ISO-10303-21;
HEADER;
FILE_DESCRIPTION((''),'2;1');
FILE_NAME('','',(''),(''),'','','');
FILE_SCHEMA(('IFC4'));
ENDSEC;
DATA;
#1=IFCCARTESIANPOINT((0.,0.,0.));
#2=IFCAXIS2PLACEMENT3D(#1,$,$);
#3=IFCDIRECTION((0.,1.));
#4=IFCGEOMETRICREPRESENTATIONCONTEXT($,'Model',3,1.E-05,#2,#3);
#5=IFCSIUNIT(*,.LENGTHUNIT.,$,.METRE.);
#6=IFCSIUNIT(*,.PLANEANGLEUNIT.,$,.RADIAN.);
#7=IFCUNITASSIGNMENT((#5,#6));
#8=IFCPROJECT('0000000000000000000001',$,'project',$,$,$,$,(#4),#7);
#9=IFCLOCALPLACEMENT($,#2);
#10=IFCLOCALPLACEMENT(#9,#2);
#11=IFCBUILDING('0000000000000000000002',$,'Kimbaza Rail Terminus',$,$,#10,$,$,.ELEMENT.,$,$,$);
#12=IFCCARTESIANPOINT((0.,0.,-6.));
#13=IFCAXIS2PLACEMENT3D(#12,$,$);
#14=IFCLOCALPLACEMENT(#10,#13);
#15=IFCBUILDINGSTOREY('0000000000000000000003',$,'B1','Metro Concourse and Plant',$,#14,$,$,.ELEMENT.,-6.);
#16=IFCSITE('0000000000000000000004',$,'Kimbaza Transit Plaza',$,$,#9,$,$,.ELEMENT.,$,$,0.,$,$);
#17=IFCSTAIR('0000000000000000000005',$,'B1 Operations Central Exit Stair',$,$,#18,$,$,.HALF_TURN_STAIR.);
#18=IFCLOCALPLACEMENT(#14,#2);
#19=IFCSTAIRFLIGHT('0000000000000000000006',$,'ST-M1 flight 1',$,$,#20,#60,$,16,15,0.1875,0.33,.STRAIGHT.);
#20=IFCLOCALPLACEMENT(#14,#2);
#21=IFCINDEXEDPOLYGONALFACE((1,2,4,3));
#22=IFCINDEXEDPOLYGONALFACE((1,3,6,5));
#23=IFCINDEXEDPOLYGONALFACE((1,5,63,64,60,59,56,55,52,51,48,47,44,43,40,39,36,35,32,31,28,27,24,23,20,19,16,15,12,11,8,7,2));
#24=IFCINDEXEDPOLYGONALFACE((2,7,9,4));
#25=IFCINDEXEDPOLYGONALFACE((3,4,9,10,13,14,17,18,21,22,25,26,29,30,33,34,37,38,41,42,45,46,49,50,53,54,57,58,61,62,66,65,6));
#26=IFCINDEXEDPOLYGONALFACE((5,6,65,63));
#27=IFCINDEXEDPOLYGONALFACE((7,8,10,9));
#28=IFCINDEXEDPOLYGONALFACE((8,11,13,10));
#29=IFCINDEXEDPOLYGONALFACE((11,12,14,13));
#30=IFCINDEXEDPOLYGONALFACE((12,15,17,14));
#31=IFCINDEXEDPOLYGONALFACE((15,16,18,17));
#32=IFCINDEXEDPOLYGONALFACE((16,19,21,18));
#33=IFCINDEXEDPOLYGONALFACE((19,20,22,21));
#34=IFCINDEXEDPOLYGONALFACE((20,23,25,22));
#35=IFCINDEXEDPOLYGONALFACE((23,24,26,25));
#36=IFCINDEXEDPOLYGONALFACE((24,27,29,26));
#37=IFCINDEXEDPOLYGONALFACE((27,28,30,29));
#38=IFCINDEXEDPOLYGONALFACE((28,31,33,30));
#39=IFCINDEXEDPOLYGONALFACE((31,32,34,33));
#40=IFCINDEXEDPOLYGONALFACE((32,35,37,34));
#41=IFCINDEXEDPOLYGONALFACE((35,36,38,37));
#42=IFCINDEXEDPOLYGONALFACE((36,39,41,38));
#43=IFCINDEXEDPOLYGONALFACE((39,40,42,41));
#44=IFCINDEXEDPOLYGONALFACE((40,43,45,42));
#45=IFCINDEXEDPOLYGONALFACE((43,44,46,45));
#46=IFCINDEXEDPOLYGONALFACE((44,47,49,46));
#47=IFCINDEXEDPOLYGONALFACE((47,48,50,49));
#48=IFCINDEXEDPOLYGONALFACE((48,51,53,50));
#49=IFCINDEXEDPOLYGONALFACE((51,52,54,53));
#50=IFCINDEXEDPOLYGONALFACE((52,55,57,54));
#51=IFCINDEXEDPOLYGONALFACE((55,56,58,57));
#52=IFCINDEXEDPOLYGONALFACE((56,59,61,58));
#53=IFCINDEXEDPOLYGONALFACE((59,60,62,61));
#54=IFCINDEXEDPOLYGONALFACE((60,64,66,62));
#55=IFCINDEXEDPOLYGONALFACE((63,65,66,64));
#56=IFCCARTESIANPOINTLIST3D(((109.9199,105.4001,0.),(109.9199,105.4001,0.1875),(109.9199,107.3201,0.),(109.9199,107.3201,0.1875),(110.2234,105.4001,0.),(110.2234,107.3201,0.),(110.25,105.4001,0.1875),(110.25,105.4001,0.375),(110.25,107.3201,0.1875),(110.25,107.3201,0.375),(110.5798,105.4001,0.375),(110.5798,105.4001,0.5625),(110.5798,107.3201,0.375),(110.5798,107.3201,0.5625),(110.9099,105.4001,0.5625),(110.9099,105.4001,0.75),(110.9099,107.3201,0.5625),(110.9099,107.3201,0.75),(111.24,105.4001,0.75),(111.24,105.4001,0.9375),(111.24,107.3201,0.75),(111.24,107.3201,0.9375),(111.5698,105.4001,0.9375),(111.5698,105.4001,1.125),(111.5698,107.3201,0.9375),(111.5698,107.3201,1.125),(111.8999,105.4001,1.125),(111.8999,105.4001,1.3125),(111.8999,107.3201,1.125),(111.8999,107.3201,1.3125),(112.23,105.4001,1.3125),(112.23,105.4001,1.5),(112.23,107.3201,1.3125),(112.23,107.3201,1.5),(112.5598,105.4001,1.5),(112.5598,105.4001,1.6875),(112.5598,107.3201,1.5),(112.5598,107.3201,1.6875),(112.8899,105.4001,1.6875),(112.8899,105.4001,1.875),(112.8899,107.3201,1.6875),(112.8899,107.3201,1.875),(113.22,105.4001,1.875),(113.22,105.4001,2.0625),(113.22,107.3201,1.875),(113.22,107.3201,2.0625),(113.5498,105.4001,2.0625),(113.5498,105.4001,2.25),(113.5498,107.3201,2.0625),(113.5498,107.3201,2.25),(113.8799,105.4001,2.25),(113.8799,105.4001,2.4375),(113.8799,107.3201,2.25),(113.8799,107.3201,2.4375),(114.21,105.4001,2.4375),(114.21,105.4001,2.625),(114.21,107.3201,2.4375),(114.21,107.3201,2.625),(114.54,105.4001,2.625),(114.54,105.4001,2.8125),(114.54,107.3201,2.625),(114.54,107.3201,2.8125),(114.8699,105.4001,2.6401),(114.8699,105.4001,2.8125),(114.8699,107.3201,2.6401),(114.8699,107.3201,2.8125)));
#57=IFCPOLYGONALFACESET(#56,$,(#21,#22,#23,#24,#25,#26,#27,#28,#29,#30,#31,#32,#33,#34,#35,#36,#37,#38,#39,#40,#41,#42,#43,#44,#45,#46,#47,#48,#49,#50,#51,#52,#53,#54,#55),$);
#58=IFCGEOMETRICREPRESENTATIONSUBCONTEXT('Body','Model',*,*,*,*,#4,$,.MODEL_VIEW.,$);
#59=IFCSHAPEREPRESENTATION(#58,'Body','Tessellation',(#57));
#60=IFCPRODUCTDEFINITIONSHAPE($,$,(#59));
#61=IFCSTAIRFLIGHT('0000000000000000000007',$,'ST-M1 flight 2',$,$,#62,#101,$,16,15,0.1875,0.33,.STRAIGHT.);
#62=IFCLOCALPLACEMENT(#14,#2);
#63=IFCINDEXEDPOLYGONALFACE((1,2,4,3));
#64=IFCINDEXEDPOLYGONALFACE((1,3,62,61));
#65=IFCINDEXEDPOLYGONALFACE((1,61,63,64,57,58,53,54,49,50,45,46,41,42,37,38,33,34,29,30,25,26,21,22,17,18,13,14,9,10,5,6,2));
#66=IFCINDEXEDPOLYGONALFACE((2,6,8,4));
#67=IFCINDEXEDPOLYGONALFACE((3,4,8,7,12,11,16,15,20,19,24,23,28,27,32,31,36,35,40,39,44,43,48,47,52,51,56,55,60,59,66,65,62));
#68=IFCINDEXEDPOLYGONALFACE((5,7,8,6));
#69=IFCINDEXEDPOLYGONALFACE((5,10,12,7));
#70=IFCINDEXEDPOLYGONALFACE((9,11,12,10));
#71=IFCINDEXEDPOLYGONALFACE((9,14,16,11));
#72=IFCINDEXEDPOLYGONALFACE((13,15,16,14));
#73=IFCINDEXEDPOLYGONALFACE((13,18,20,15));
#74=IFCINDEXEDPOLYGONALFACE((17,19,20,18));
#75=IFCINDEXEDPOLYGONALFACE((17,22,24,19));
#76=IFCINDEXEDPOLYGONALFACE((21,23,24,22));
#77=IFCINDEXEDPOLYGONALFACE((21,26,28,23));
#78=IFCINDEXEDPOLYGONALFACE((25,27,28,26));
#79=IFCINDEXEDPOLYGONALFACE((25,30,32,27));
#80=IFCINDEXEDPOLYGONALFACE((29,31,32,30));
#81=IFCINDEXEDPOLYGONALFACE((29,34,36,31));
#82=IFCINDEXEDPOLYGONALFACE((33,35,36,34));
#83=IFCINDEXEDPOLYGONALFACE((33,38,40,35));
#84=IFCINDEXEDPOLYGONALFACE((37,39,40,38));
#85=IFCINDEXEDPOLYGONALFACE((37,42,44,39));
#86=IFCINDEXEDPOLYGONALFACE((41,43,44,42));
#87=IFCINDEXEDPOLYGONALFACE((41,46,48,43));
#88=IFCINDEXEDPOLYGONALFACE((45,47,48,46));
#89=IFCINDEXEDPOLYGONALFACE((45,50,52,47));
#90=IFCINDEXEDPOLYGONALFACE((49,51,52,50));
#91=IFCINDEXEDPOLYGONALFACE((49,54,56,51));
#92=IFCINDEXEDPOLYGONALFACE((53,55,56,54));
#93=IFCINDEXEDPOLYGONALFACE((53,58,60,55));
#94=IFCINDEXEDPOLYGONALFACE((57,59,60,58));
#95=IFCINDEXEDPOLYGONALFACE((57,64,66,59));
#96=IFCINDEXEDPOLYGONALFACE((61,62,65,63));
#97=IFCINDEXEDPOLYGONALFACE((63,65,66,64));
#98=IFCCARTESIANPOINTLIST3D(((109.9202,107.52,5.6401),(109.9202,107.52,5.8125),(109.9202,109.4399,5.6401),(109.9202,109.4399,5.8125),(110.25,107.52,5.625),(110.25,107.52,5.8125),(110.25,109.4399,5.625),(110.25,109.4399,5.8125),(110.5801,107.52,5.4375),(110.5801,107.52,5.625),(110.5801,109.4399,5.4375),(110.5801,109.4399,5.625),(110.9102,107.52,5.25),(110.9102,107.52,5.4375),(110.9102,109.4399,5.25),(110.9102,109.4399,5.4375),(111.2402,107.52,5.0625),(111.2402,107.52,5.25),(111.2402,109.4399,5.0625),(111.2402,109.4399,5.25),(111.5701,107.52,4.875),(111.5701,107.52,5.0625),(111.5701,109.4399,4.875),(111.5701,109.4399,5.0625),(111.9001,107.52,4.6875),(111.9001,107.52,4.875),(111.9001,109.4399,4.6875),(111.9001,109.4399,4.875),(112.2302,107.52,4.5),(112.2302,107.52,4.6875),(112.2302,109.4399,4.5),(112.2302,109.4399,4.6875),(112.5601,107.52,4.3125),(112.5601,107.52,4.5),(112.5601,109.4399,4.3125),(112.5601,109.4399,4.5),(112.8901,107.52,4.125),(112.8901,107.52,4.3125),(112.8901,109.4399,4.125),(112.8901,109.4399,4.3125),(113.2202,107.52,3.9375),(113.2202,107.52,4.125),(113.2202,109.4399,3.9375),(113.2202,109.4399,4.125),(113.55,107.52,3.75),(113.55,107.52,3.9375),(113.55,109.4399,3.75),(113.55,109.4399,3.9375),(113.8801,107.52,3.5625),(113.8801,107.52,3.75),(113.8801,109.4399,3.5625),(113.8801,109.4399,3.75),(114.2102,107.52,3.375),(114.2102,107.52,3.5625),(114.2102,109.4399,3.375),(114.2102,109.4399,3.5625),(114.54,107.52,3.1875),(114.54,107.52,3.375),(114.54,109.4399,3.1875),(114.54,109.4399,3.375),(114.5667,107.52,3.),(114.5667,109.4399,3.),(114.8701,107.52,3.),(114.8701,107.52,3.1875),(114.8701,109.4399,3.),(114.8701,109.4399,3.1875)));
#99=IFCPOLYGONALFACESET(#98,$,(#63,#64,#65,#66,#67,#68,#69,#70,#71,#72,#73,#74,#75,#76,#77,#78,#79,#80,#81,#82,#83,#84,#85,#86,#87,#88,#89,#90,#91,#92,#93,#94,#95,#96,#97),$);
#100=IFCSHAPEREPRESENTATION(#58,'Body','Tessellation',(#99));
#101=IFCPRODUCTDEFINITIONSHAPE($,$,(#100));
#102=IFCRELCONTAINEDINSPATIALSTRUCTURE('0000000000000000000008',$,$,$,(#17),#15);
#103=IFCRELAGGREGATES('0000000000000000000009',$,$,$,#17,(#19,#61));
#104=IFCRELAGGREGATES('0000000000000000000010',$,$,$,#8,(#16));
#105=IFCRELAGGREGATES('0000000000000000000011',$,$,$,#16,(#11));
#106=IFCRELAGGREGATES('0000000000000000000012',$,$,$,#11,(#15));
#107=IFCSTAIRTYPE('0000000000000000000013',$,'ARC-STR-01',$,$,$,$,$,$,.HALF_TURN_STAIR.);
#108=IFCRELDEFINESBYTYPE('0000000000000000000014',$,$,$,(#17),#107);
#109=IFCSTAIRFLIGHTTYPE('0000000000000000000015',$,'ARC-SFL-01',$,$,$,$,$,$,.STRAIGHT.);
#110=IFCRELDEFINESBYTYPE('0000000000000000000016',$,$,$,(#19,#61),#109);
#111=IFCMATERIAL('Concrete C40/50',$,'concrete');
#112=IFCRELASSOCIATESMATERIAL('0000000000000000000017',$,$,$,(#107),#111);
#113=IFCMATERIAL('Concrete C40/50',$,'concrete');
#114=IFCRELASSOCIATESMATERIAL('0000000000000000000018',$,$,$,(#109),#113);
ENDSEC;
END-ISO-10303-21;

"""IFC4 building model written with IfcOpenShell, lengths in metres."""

from ifc_helpers import new_model, si_unit, direction, frame, origin, place, context, subcontext, project, spatial, polyline, outline, extrude, material, type_object, element, aggregate, save


model = new_model("IFC4")

# Units and contexts
model_context = context("Model", 3, precision=1e-05, world=origin(), true_north=direction((0.0, 1.0)))
body_context = subcontext(model_context, "Body", "Model", "MODEL_VIEW")
ifc_project = project(units=[si_unit("LENGTHUNIT", "METRE"), si_unit("PLANEANGLEUNIT", "RADIAN")], contexts=[model_context])

# Site, building, storey
site_placement = place(None, origin())
site = spatial("IfcSite", under=ifc_project, at=site_placement, Name="Kimbaza Transit Plaza", CompositionType="ELEMENT", RefElevation=0.0)
building_placement = place(site_placement, origin())
building = spatial("IfcBuilding", under=site, at=building_placement, Name="Kimbaza Rail Terminus", CompositionType="ELEMENT")
storey_placement = place(building_placement, frame((0.0, 0.0, -6.0)))
storey = spatial("IfcBuildingStorey", under=building, at=storey_placement, Name="B1", Description="Metro Concourse and Plant", CompositionType="ELEMENT", Elevation=-6.0)

# Stair, stair flights
ifc_material_1 = material(Name="Concrete C40/50", Category="concrete")
stair_type = type_object("IfcStairType", Name="ARC-STR-01", PredefinedType="HALF_TURN_STAIR", material=ifc_material_1)
stair_placement = place(storey_placement, origin())
stair = element("IfcStair", 1, at=stair_placement, inside=storey, type_object=stair_type, Name="B1 Operations Central Exit Stair", PredefinedType="HALF_TURN_STAIR")
ifc_material_2 = material(Name="Concrete C40/50", Category="concrete")
stair_flight_type = type_object("IfcStairFlightType", Name="ARC-SFL-01", PredefinedType="STRAIGHT", material=ifc_material_2)
stair_flight_1_placement = place(storey_placement, frame((109.9199, 106.3601, 0.0), z_axis=(0.0, 0.0, 1.0), x_axis=(1.0, 0.0, 0.0)))
stair_flight_1 = element("IfcStairFlight", 2, at=stair_flight_1_placement, type_object=stair_flight_type, Name="ST-M1 flight 1", NumberOfRisers=16, NumberOfTreads=15, PredefinedType="STRAIGHT", RiserHeight=0.1875, TreadLength=0.33, context=body_context, shape_type="SweptSolid", body=[
    extrude(outline(polyline([(0.0, 0.0), (0.0, 0.1875), (0.3301, 0.1875), (0.3301, 0.375), (0.6599, 0.375), (0.6599, 0.5625), (0.99, 0.5625), (0.99, 0.75), (1.3201, 0.75), (1.3201, 0.9375), (1.6499, 0.9375), (1.6499, 1.125), (1.98, 1.125), (1.98, 1.3125), (2.3101, 1.3125), (2.3101, 1.5), (2.6399, 1.5), (2.6399, 1.6875), (2.97, 1.6875), (2.97, 1.875), (3.3, 1.875), (3.3, 2.0625), (3.6299, 2.0625), (3.6299, 2.25), (3.96, 2.25), (3.96, 2.4375), (4.29, 2.4375), (4.29, 2.625), (4.6201, 2.625), (4.6201, 2.8125), (4.95, 2.8125), (4.95, 3.0), (4.95, 2.6401), (0.3035, 0.0), (0.0, 0.0)])), frame((0.0, 0.96, 0.0), z_axis=(0.0, -1.0, 0.0), x_axis=(1.0, 0.0, 0.0)), (0.0, 0.0, 1.0), 1.9199),
])
stair_flight_2_placement = place(storey_placement, frame((114.8701, 108.48, 3.0), z_axis=(0.0, 0.0, 1.0), x_axis=(-1.0, 0.0, 0.0)))
stair_flight_2 = element("IfcStairFlight", 3, at=stair_flight_2_placement, type_object=stair_flight_type, Name="ST-M1 flight 2", NumberOfRisers=16, NumberOfTreads=15, PredefinedType="STRAIGHT", RiserHeight=0.1875, TreadLength=0.33, context=body_context, shape_type="SweptSolid", body=[
    extrude(outline(polyline([(0.0, 0.0), (0.0, 0.1875), (0.3301, 0.1875), (0.3301, 0.375), (0.6599, 0.375), (0.6599, 0.5625), (0.99, 0.5625), (0.99, 0.75), (1.3201, 0.75), (1.3201, 0.9375), (1.6499, 0.9375), (1.6499, 1.125), (1.98, 1.125), (1.98, 1.3125), (2.3101, 1.3125), (2.3101, 1.5), (2.6399, 1.5), (2.6399, 1.6875), (2.97, 1.6875), (2.97, 1.875), (3.3, 1.875), (3.3, 2.0625), (3.6299, 2.0625), (3.6299, 2.25), (3.96, 2.25), (3.96, 2.4375), (4.29, 2.4375), (4.29, 2.625), (4.6201, 2.625), (4.6201, 2.8125), (4.95, 2.8125), (4.95, 3.0), (4.95, 2.6401), (0.3035, 0.0), (0.0, 0.0)])), frame((0.0, 0.96, 0.0), z_axis=(0.0, -1.0, 0.0), x_axis=(1.0, 0.0, 0.0)), (0.0, 0.0, 1.0), 1.9199),
])
aggregate(stair, [stair_flight_1, stair_flight_2])

save(model, "model.ifc")
